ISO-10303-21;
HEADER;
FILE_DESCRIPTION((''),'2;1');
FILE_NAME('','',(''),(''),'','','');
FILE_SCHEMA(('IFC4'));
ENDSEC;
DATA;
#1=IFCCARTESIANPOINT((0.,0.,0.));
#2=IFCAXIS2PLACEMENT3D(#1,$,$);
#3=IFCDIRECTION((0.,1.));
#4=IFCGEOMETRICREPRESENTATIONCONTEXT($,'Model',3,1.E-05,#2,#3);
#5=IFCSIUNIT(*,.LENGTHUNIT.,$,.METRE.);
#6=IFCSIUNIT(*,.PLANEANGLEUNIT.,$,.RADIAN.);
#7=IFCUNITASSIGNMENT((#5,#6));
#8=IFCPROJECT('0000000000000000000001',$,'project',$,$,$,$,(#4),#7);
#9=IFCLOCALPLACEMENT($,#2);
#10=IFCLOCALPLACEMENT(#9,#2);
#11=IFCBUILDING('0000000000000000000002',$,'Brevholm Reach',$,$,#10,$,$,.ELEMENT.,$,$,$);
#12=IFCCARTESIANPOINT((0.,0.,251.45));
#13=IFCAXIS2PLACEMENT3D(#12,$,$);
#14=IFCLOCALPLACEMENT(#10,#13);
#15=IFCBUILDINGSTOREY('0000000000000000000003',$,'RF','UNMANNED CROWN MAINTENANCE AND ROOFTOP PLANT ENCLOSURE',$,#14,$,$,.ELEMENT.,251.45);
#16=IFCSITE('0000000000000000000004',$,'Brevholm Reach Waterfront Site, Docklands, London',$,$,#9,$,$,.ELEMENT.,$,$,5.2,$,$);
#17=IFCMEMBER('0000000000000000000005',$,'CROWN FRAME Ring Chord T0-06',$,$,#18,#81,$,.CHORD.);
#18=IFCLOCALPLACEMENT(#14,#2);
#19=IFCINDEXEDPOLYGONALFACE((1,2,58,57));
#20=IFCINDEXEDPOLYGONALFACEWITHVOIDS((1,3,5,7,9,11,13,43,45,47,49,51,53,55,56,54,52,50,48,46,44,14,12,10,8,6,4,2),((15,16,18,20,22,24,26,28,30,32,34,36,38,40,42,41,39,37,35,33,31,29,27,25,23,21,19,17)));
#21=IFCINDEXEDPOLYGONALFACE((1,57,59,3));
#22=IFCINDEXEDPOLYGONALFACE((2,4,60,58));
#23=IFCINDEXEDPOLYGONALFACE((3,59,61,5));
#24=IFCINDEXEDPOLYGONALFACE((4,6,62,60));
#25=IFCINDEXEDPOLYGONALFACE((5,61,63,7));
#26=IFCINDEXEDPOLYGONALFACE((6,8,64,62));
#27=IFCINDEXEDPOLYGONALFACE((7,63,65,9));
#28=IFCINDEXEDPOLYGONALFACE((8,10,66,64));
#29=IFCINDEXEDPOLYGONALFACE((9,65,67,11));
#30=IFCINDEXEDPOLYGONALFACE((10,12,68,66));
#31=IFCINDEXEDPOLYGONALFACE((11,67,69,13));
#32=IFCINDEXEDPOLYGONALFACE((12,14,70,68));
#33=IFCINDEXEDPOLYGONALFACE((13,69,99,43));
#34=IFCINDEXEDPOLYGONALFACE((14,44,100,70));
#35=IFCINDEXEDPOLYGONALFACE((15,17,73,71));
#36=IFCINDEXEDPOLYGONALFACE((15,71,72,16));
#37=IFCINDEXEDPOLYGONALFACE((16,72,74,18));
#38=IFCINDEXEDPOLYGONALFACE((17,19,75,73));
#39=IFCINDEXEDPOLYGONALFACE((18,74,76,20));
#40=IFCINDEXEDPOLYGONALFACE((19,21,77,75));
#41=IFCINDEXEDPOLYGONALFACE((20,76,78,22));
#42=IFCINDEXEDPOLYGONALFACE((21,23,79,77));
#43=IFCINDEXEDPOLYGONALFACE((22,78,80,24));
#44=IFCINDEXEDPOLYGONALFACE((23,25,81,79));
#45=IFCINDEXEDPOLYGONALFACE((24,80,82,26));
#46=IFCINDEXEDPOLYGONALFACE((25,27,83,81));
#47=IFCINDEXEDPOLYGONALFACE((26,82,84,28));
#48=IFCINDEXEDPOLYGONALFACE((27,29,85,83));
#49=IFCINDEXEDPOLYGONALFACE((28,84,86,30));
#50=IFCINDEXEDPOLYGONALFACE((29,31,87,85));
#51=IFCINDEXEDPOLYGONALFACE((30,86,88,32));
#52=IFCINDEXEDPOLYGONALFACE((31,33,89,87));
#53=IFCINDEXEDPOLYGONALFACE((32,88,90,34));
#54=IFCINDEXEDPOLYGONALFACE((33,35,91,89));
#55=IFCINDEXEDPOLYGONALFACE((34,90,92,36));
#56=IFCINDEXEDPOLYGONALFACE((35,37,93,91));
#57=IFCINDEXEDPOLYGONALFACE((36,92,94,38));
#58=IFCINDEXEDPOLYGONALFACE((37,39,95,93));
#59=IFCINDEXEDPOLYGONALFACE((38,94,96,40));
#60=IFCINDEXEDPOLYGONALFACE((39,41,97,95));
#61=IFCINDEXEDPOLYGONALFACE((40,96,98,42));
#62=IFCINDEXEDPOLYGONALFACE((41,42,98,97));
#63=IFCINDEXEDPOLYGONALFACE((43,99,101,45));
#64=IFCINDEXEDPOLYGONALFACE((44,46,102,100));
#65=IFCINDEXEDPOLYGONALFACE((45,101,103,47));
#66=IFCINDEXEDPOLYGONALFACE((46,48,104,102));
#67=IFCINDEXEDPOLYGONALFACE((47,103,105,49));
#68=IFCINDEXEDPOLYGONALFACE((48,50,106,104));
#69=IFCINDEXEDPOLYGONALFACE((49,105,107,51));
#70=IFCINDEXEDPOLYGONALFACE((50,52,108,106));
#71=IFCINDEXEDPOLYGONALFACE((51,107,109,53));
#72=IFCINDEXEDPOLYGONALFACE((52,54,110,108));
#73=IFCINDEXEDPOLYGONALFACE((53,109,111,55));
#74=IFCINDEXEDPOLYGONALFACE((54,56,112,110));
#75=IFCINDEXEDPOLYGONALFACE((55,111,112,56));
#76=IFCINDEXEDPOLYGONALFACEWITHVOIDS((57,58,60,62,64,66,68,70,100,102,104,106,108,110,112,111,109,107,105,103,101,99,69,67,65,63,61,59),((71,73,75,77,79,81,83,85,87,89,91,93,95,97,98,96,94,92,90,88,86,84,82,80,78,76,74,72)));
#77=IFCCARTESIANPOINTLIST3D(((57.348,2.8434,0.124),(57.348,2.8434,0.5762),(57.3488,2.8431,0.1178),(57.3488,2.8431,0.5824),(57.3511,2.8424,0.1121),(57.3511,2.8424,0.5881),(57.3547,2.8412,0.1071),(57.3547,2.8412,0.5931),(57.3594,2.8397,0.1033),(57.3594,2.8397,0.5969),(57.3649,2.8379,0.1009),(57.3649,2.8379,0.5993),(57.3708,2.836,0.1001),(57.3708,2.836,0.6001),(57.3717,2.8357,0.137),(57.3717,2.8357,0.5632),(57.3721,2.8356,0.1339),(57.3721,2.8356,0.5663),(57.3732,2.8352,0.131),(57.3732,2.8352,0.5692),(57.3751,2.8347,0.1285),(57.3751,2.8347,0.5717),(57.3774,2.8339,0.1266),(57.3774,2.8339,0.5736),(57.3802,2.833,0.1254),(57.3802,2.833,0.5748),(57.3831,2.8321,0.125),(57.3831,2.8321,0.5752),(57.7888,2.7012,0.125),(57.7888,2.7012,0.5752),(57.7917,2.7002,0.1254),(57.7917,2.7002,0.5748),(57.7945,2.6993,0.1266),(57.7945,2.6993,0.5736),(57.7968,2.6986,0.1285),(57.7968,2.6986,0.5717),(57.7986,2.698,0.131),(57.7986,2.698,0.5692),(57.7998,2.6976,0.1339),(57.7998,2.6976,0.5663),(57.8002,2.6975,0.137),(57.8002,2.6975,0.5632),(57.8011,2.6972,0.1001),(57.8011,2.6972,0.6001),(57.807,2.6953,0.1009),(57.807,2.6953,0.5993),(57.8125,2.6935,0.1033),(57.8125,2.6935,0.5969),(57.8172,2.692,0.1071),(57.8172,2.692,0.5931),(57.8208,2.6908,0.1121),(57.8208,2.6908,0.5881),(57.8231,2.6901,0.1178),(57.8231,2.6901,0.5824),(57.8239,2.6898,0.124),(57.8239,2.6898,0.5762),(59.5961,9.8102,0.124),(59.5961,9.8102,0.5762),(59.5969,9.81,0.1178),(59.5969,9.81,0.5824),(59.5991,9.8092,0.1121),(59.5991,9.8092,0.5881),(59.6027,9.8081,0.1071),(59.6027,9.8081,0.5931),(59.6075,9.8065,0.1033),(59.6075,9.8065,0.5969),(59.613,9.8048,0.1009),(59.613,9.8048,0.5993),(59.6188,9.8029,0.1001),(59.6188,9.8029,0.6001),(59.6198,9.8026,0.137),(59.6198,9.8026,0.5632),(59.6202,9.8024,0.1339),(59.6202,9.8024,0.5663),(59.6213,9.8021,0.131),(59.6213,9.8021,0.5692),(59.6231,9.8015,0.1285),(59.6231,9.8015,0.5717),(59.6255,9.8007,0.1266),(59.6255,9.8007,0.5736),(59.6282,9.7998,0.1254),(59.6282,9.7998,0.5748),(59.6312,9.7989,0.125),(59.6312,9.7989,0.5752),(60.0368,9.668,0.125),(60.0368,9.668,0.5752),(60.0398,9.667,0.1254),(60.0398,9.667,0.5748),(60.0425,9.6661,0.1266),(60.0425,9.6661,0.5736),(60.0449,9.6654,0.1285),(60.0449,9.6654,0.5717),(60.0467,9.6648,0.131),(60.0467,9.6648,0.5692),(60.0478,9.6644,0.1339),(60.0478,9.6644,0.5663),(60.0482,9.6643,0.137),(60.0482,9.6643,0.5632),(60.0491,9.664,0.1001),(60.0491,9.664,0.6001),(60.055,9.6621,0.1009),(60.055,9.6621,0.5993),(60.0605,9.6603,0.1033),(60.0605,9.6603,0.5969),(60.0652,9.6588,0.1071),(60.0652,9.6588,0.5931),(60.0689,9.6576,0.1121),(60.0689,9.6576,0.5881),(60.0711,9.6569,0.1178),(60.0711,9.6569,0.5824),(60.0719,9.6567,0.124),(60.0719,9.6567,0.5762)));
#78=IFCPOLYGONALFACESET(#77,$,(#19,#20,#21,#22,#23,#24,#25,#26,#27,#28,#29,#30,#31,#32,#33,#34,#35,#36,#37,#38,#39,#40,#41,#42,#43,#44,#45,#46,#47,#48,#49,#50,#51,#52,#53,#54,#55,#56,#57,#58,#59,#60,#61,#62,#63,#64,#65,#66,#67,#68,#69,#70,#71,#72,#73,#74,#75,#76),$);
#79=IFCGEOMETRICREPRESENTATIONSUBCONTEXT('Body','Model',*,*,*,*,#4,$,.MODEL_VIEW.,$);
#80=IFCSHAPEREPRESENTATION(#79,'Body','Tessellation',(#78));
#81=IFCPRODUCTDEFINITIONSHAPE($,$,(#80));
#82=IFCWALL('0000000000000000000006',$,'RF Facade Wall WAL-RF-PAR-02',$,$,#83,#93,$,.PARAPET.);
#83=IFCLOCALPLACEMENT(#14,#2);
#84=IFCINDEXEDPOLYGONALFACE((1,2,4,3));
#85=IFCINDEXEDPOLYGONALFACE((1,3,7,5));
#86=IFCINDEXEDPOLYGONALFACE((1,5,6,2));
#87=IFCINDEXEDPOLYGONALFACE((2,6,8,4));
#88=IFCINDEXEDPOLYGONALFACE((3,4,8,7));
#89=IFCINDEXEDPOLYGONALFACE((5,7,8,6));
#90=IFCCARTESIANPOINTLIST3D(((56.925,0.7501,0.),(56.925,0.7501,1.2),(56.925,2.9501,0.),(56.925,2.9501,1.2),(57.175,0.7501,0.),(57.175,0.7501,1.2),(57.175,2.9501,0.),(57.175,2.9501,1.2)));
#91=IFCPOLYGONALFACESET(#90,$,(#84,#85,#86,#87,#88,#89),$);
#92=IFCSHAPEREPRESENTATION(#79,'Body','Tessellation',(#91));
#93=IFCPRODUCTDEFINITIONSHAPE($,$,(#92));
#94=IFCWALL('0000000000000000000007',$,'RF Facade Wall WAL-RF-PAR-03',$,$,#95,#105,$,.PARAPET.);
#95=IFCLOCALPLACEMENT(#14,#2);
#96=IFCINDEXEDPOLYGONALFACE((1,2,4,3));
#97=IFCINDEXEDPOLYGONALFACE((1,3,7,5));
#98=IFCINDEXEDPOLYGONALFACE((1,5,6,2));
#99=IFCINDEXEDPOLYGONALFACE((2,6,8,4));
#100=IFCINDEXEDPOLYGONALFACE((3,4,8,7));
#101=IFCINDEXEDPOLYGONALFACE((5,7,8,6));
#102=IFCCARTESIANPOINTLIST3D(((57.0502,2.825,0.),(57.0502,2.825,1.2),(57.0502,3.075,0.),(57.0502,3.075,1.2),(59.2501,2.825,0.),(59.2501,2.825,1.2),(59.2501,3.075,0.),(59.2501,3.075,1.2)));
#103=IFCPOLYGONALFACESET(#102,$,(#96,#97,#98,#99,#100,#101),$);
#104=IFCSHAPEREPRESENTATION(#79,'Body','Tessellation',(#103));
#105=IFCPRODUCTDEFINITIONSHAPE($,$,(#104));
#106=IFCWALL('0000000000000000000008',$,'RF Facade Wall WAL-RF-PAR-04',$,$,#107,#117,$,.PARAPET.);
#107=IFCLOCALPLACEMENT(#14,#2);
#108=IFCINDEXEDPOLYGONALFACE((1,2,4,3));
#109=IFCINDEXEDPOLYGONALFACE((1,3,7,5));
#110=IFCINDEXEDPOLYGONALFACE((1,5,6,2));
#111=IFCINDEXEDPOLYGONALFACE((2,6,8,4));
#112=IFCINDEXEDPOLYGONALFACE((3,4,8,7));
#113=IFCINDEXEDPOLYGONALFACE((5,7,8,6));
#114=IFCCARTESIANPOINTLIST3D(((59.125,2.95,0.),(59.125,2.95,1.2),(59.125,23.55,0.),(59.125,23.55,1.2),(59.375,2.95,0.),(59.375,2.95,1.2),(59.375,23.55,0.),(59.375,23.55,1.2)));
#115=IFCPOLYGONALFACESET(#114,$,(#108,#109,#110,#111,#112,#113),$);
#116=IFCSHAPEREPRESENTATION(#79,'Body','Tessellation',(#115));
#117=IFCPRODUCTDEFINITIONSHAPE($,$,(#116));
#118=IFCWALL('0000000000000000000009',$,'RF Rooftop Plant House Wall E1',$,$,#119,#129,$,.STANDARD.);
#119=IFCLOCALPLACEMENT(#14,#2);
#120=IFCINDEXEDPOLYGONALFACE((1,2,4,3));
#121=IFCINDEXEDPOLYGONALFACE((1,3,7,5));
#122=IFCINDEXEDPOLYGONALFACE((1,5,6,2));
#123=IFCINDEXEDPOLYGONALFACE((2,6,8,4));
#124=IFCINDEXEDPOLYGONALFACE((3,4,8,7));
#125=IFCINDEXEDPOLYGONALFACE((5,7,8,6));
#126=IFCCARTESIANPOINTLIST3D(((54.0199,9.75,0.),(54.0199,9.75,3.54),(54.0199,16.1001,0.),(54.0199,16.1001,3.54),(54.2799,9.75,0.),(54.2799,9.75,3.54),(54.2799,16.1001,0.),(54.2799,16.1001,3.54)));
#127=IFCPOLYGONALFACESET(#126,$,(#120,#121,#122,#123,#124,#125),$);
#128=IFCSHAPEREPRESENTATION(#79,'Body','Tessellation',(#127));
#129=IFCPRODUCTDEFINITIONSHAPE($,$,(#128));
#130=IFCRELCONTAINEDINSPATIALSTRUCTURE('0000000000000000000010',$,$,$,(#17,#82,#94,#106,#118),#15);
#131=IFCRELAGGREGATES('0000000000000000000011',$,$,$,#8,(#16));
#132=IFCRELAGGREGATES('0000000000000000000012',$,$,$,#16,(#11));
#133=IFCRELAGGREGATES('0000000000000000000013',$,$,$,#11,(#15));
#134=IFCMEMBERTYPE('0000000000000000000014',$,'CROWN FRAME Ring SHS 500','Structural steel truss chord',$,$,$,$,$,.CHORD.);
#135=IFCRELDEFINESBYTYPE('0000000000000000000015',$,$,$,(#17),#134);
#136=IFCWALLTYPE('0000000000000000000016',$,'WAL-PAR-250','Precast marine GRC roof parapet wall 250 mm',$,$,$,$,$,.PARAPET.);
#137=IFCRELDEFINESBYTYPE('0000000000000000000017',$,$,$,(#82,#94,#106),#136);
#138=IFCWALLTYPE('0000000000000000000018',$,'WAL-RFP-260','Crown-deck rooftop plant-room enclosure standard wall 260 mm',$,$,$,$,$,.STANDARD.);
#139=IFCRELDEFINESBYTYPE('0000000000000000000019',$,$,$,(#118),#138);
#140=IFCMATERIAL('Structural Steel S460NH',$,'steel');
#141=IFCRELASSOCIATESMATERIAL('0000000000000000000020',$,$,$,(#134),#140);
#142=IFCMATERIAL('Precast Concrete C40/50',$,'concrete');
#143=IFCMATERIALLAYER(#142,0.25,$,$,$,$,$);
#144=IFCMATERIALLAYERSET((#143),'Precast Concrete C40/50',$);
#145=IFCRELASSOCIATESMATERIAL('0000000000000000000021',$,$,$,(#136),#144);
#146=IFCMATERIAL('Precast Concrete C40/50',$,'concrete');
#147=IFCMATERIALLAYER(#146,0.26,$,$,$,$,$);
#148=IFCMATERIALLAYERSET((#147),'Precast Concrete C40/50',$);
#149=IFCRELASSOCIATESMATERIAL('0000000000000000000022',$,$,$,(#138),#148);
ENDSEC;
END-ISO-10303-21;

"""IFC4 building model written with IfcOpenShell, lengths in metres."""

from ifc_helpers import new_model, si_unit, direction, frame, frame_2d, origin, origin_2d, place, context, subcontext, project, spatial, rectangle, hollow_rectangle, extrude, material, layer, layer_set, material_profile, profile_set, type_object, element, save


model = new_model("IFC4")

# Units and contexts
model_context = context("Model", 3, precision=1e-05, world=origin(), true_north=direction((0.0, 1.0)))
body_context = subcontext(model_context, "Body", "Model", "MODEL_VIEW")
ifc_project = project(units=[si_unit("LENGTHUNIT", "METRE"), si_unit("PLANEANGLEUNIT", "RADIAN")], contexts=[model_context])

# Site, building, storey
site_placement = place(None, origin())
site = spatial("IfcSite", under=ifc_project, at=site_placement, Name="Brevholm Reach Waterfront Site, Docklands, London", CompositionType="ELEMENT", RefElevation=5.2)
building_placement = place(site_placement, origin())
building = spatial("IfcBuilding", under=site, at=building_placement, Name="Brevholm Reach", CompositionType="ELEMENT")
storey_placement = place(building_placement, frame((0.0, 0.0, 251.45)))
storey = spatial("IfcBuildingStorey", under=building, at=storey_placement, Name="RF", Description="UNMANNED CROWN MAINTENANCE AND ROOFTOP PLANT ENCLOSURE", CompositionType="ELEMENT", Elevation=251.45)

# Member
ifc_material_1 = material(Name="Structural Steel S460NH", Category="steel")
ifc_material_profile_1 = material_profile(ifc_material_1, hollow_rectangle(XDim=0.5, YDim=0.5, WallThickness=0.0249, InnerFilletRadius=0.012, OuterFilletRadius=0.0239, at=origin_2d()), Name="SHS 500x500x25")
ifc_profile_set_1 = profile_set([ifc_material_profile_1], Name="Structural Steel S460NH")
member_type_1 = type_object("IfcMemberType", Name="CROWN FRAME Ring SHS 500", Description="Structural steel truss chord", PredefinedType="CHORD", material=ifc_profile_set_1)
member_1_placement = place(storey_placement, frame((57.5859, 2.7666, 0.3501), z_axis=(0.307089, 0.951681, 0.0), x_axis=(-0.951681, 0.307089, 0.0)))
element("IfcMember", 1, at=member_1_placement, inside=storey, type_object=member_type_1, Name="CROWN FRAME Ring Chord T0-06", PredefinedType="CHORD", context=body_context, shape_type="SweptSolid", body=[
    extrude(hollow_rectangle(XDim=0.5, YDim=0.5, WallThickness=0.0249, InnerFilletRadius=0.012, OuterFilletRadius=0.0239, at=origin_2d()), origin(), (0.0, 0.0, 1.0), 7.3206),
])

# Walls
ifc_material_2 = material(Name="Precast Concrete C40/50", Category="concrete")
ifc_layer_1 = layer(ifc_material_2, 0.25)
ifc_layer_set_1 = layer_set([ifc_layer_1], Name="Precast Concrete C40/50")
wall_type_1 = type_object("IfcWallType", Name="WAL-PAR-250", Description="Precast marine GRC roof parapet wall 250 mm", PredefinedType="PARAPET", material=ifc_layer_set_1)
for number, where, z_axis, x_axis, name in (
    (2, (57.05, 0.75, 0.0), (0.0, 0.0, 1.0), (0.0, 1.0, 0.0), "RF Facade Wall WAL-RF-PAR-02"),
    (3, (57.05, 2.95, 0.0), (0.0, 0.0, 1.0), (1.0, 0.0, 0.0), "RF Facade Wall WAL-RF-PAR-03"),
):
    element("IfcWall", number, at=place(storey_placement, frame(where, z_axis=z_axis, x_axis=x_axis)), inside=storey, type_object=wall_type_1, Name=name, PredefinedType="PARAPET", context=body_context, shape_type="SweptSolid", body=[
        extrude(rectangle(XDim=2.2, YDim=0.25, at=frame_2d((1.1001, 0.0))), origin(), (0.0, 0.0, 1.0), 1.2),
    ])
wall_1_placement = place(storey_placement, frame((59.25, 2.95, 0.0), z_axis=(0.0, 0.0, 1.0), x_axis=(0.0, 1.0, 0.0)))
element("IfcWall", 4, at=wall_1_placement, inside=storey, type_object=wall_type_1, Name="RF Facade Wall WAL-RF-PAR-04", PredefinedType="PARAPET", context=body_context, shape_type="SweptSolid", body=[
    extrude(rectangle(XDim=20.6001, YDim=0.25, at=frame_2d((10.3, 0.0))), origin(), (0.0, 0.0, 1.0), 1.2),
])
ifc_material_3 = material(Name="Precast Concrete C40/50", Category="concrete")
ifc_layer_2 = layer(ifc_material_3, 0.26)
ifc_layer_set_2 = layer_set([ifc_layer_2], Name="Precast Concrete C40/50")
wall_type_2 = type_object("IfcWallType", Name="WAL-RFP-260", Description="Crown-deck rooftop plant-room enclosure standard wall 260 mm", PredefinedType="STANDARD", material=ifc_layer_set_2)
wall_2_placement = place(storey_placement, frame((54.1499, 9.75, 0.0), z_axis=(0.0, 0.0, 1.0), x_axis=(0.0, 1.0, 0.0)))
element("IfcWall", 5, at=wall_2_placement, inside=storey, type_object=wall_type_2, Name="RF Rooftop Plant House Wall E1", PredefinedType="STANDARD", context=body_context, shape_type="SweptSolid", body=[
    extrude(rectangle(XDim=6.3501, YDim=0.26, at=frame_2d((3.175, 0.0))), origin(), (0.0, 0.0, 1.0), 3.54),
])

save(model, "model.ifc")
